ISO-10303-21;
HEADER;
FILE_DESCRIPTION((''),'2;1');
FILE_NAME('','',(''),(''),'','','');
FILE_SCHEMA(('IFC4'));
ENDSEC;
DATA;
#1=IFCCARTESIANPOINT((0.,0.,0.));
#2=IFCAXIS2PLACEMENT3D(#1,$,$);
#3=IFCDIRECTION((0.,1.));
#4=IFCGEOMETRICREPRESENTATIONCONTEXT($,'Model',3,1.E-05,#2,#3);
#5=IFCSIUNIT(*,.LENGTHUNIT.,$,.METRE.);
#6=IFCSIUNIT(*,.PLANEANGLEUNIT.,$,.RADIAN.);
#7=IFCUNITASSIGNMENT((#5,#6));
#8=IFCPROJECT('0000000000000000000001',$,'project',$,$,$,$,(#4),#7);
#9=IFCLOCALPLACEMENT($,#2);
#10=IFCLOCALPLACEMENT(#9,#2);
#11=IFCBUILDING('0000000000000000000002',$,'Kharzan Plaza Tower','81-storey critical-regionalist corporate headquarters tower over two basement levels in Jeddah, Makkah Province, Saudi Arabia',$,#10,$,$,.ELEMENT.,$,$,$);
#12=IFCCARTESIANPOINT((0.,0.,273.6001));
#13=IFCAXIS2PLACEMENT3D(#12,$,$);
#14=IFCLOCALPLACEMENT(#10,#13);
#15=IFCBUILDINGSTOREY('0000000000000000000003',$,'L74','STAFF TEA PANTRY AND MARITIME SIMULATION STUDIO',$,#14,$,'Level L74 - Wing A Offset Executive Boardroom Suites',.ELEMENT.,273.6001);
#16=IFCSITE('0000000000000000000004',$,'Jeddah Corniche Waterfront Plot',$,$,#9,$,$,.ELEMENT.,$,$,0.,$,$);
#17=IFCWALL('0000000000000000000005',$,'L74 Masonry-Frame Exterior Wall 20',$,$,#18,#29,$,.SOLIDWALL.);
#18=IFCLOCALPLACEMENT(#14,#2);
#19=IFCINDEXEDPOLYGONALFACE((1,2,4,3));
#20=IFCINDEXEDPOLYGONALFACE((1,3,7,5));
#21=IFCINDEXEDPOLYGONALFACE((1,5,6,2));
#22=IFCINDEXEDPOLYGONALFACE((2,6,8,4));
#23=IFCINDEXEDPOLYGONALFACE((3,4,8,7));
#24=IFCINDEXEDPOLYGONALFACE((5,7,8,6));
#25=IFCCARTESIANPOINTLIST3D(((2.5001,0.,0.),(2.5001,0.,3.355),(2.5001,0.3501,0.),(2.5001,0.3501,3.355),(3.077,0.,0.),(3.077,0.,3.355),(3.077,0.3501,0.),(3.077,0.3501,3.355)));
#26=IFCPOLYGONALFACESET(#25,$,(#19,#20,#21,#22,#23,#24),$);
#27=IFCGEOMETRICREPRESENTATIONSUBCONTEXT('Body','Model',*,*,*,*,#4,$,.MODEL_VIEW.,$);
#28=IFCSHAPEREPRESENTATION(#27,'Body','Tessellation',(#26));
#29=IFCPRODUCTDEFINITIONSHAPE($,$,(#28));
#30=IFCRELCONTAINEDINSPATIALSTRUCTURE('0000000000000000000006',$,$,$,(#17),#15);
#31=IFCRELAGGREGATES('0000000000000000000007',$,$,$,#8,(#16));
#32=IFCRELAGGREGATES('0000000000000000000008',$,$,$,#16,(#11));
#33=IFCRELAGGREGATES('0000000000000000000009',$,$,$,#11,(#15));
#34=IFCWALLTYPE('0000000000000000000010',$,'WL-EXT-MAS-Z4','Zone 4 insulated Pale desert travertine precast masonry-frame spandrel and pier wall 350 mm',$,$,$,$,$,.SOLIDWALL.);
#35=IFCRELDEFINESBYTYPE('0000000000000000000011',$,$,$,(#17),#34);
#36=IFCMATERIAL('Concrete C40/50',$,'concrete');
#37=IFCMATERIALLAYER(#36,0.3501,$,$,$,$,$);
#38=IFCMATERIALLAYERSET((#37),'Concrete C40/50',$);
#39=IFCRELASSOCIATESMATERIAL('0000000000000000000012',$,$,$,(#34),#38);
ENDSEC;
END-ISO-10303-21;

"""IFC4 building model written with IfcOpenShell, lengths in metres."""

from ifc_helpers import new_model, si_unit, direction, frame, frame_2d, origin, place, context, subcontext, project, spatial, rectangle, extrude, source, transform, mapped, material, layer, layer_set, type_object, element, save


model = new_model("IFC4")

# Units and contexts
model_context = context("Model", 3, precision=1e-05, world=origin(), true_north=direction((0.0, 1.0)))
body_context = subcontext(model_context, "Body", "Model", "MODEL_VIEW")
ifc_project = project(units=[si_unit("LENGTHUNIT", "METRE"), si_unit("PLANEANGLEUNIT", "RADIAN")], contexts=[model_context])

# Site, building, storey
site_placement = place(None, origin())
site = spatial("IfcSite", under=ifc_project, at=site_placement, Name="Jeddah Corniche Waterfront Plot", CompositionType="ELEMENT", RefElevation=0.0)
building_placement = place(site_placement, origin())
building = spatial("IfcBuilding", under=site, at=building_placement, Name="Kharzan Plaza Tower", Description="81-storey critical-regionalist corporate headquarters tower over two basement levels in Jeddah, Makkah Province, Saudi Arabia", CompositionType="ELEMENT")
storey_placement = place(building_placement, frame((0.0, 0.0, 273.6001)))
storey = spatial("IfcBuildingStorey", under=building, at=storey_placement, Name="L74", Description="STAFF TEA PANTRY AND MARITIME SIMULATION STUDIO", LongName="Level L74 - Wing A Offset Executive Boardroom Suites", CompositionType="ELEMENT", Elevation=273.6001)

# Shared definitions
ifc_material_1 = material(Name="Concrete C40/50", Category="concrete")
ifc_layer_1 = layer(ifc_material_1, 0.3501)
ifc_layer_set_1 = layer_set([ifc_layer_1], Name="Concrete C40/50")
wall_type_1 = type_object("IfcWallType", Name="WL-EXT-MAS-Z4", Description="Zone 4 insulated Pale desert travertine precast masonry-frame spandrel and pier wall 350 mm", PredefinedType="SOLIDWALL", material=ifc_layer_set_1)

# Wall
shared_shape_1 = source(origin(), body_context, "Body", "SweptSolid", [
    extrude(rectangle(XDim=0.5769, YDim=0.3501, at=frame_2d((0.2886, 0.0))), origin(), (0.0, 0.0, 1.0), 3.355),
])
wall_1_placement = place(storey_placement, frame((2.5, 0.175, 0.0), z_axis=(0.0, 0.0, 1.0), x_axis=(1.0, 0.0, 0.0)))
element("IfcWall", 1, at=wall_1_placement, inside=storey, type_object=wall_type_1, Name="L74 Masonry-Frame Exterior Wall 20", PredefinedType="SOLIDWALL", context=body_context, shape_type="MappedRepresentation", body=[
    mapped(shared_shape_1, transform((0.0, 0.0, 0.0), x_axis=(1.0, 0.0, 0.0), y_axis=(0.0, 1.0, 0.0), z_axis=(0.0, 0.0, 1.0))),
])

save(model, "model.ifc")
